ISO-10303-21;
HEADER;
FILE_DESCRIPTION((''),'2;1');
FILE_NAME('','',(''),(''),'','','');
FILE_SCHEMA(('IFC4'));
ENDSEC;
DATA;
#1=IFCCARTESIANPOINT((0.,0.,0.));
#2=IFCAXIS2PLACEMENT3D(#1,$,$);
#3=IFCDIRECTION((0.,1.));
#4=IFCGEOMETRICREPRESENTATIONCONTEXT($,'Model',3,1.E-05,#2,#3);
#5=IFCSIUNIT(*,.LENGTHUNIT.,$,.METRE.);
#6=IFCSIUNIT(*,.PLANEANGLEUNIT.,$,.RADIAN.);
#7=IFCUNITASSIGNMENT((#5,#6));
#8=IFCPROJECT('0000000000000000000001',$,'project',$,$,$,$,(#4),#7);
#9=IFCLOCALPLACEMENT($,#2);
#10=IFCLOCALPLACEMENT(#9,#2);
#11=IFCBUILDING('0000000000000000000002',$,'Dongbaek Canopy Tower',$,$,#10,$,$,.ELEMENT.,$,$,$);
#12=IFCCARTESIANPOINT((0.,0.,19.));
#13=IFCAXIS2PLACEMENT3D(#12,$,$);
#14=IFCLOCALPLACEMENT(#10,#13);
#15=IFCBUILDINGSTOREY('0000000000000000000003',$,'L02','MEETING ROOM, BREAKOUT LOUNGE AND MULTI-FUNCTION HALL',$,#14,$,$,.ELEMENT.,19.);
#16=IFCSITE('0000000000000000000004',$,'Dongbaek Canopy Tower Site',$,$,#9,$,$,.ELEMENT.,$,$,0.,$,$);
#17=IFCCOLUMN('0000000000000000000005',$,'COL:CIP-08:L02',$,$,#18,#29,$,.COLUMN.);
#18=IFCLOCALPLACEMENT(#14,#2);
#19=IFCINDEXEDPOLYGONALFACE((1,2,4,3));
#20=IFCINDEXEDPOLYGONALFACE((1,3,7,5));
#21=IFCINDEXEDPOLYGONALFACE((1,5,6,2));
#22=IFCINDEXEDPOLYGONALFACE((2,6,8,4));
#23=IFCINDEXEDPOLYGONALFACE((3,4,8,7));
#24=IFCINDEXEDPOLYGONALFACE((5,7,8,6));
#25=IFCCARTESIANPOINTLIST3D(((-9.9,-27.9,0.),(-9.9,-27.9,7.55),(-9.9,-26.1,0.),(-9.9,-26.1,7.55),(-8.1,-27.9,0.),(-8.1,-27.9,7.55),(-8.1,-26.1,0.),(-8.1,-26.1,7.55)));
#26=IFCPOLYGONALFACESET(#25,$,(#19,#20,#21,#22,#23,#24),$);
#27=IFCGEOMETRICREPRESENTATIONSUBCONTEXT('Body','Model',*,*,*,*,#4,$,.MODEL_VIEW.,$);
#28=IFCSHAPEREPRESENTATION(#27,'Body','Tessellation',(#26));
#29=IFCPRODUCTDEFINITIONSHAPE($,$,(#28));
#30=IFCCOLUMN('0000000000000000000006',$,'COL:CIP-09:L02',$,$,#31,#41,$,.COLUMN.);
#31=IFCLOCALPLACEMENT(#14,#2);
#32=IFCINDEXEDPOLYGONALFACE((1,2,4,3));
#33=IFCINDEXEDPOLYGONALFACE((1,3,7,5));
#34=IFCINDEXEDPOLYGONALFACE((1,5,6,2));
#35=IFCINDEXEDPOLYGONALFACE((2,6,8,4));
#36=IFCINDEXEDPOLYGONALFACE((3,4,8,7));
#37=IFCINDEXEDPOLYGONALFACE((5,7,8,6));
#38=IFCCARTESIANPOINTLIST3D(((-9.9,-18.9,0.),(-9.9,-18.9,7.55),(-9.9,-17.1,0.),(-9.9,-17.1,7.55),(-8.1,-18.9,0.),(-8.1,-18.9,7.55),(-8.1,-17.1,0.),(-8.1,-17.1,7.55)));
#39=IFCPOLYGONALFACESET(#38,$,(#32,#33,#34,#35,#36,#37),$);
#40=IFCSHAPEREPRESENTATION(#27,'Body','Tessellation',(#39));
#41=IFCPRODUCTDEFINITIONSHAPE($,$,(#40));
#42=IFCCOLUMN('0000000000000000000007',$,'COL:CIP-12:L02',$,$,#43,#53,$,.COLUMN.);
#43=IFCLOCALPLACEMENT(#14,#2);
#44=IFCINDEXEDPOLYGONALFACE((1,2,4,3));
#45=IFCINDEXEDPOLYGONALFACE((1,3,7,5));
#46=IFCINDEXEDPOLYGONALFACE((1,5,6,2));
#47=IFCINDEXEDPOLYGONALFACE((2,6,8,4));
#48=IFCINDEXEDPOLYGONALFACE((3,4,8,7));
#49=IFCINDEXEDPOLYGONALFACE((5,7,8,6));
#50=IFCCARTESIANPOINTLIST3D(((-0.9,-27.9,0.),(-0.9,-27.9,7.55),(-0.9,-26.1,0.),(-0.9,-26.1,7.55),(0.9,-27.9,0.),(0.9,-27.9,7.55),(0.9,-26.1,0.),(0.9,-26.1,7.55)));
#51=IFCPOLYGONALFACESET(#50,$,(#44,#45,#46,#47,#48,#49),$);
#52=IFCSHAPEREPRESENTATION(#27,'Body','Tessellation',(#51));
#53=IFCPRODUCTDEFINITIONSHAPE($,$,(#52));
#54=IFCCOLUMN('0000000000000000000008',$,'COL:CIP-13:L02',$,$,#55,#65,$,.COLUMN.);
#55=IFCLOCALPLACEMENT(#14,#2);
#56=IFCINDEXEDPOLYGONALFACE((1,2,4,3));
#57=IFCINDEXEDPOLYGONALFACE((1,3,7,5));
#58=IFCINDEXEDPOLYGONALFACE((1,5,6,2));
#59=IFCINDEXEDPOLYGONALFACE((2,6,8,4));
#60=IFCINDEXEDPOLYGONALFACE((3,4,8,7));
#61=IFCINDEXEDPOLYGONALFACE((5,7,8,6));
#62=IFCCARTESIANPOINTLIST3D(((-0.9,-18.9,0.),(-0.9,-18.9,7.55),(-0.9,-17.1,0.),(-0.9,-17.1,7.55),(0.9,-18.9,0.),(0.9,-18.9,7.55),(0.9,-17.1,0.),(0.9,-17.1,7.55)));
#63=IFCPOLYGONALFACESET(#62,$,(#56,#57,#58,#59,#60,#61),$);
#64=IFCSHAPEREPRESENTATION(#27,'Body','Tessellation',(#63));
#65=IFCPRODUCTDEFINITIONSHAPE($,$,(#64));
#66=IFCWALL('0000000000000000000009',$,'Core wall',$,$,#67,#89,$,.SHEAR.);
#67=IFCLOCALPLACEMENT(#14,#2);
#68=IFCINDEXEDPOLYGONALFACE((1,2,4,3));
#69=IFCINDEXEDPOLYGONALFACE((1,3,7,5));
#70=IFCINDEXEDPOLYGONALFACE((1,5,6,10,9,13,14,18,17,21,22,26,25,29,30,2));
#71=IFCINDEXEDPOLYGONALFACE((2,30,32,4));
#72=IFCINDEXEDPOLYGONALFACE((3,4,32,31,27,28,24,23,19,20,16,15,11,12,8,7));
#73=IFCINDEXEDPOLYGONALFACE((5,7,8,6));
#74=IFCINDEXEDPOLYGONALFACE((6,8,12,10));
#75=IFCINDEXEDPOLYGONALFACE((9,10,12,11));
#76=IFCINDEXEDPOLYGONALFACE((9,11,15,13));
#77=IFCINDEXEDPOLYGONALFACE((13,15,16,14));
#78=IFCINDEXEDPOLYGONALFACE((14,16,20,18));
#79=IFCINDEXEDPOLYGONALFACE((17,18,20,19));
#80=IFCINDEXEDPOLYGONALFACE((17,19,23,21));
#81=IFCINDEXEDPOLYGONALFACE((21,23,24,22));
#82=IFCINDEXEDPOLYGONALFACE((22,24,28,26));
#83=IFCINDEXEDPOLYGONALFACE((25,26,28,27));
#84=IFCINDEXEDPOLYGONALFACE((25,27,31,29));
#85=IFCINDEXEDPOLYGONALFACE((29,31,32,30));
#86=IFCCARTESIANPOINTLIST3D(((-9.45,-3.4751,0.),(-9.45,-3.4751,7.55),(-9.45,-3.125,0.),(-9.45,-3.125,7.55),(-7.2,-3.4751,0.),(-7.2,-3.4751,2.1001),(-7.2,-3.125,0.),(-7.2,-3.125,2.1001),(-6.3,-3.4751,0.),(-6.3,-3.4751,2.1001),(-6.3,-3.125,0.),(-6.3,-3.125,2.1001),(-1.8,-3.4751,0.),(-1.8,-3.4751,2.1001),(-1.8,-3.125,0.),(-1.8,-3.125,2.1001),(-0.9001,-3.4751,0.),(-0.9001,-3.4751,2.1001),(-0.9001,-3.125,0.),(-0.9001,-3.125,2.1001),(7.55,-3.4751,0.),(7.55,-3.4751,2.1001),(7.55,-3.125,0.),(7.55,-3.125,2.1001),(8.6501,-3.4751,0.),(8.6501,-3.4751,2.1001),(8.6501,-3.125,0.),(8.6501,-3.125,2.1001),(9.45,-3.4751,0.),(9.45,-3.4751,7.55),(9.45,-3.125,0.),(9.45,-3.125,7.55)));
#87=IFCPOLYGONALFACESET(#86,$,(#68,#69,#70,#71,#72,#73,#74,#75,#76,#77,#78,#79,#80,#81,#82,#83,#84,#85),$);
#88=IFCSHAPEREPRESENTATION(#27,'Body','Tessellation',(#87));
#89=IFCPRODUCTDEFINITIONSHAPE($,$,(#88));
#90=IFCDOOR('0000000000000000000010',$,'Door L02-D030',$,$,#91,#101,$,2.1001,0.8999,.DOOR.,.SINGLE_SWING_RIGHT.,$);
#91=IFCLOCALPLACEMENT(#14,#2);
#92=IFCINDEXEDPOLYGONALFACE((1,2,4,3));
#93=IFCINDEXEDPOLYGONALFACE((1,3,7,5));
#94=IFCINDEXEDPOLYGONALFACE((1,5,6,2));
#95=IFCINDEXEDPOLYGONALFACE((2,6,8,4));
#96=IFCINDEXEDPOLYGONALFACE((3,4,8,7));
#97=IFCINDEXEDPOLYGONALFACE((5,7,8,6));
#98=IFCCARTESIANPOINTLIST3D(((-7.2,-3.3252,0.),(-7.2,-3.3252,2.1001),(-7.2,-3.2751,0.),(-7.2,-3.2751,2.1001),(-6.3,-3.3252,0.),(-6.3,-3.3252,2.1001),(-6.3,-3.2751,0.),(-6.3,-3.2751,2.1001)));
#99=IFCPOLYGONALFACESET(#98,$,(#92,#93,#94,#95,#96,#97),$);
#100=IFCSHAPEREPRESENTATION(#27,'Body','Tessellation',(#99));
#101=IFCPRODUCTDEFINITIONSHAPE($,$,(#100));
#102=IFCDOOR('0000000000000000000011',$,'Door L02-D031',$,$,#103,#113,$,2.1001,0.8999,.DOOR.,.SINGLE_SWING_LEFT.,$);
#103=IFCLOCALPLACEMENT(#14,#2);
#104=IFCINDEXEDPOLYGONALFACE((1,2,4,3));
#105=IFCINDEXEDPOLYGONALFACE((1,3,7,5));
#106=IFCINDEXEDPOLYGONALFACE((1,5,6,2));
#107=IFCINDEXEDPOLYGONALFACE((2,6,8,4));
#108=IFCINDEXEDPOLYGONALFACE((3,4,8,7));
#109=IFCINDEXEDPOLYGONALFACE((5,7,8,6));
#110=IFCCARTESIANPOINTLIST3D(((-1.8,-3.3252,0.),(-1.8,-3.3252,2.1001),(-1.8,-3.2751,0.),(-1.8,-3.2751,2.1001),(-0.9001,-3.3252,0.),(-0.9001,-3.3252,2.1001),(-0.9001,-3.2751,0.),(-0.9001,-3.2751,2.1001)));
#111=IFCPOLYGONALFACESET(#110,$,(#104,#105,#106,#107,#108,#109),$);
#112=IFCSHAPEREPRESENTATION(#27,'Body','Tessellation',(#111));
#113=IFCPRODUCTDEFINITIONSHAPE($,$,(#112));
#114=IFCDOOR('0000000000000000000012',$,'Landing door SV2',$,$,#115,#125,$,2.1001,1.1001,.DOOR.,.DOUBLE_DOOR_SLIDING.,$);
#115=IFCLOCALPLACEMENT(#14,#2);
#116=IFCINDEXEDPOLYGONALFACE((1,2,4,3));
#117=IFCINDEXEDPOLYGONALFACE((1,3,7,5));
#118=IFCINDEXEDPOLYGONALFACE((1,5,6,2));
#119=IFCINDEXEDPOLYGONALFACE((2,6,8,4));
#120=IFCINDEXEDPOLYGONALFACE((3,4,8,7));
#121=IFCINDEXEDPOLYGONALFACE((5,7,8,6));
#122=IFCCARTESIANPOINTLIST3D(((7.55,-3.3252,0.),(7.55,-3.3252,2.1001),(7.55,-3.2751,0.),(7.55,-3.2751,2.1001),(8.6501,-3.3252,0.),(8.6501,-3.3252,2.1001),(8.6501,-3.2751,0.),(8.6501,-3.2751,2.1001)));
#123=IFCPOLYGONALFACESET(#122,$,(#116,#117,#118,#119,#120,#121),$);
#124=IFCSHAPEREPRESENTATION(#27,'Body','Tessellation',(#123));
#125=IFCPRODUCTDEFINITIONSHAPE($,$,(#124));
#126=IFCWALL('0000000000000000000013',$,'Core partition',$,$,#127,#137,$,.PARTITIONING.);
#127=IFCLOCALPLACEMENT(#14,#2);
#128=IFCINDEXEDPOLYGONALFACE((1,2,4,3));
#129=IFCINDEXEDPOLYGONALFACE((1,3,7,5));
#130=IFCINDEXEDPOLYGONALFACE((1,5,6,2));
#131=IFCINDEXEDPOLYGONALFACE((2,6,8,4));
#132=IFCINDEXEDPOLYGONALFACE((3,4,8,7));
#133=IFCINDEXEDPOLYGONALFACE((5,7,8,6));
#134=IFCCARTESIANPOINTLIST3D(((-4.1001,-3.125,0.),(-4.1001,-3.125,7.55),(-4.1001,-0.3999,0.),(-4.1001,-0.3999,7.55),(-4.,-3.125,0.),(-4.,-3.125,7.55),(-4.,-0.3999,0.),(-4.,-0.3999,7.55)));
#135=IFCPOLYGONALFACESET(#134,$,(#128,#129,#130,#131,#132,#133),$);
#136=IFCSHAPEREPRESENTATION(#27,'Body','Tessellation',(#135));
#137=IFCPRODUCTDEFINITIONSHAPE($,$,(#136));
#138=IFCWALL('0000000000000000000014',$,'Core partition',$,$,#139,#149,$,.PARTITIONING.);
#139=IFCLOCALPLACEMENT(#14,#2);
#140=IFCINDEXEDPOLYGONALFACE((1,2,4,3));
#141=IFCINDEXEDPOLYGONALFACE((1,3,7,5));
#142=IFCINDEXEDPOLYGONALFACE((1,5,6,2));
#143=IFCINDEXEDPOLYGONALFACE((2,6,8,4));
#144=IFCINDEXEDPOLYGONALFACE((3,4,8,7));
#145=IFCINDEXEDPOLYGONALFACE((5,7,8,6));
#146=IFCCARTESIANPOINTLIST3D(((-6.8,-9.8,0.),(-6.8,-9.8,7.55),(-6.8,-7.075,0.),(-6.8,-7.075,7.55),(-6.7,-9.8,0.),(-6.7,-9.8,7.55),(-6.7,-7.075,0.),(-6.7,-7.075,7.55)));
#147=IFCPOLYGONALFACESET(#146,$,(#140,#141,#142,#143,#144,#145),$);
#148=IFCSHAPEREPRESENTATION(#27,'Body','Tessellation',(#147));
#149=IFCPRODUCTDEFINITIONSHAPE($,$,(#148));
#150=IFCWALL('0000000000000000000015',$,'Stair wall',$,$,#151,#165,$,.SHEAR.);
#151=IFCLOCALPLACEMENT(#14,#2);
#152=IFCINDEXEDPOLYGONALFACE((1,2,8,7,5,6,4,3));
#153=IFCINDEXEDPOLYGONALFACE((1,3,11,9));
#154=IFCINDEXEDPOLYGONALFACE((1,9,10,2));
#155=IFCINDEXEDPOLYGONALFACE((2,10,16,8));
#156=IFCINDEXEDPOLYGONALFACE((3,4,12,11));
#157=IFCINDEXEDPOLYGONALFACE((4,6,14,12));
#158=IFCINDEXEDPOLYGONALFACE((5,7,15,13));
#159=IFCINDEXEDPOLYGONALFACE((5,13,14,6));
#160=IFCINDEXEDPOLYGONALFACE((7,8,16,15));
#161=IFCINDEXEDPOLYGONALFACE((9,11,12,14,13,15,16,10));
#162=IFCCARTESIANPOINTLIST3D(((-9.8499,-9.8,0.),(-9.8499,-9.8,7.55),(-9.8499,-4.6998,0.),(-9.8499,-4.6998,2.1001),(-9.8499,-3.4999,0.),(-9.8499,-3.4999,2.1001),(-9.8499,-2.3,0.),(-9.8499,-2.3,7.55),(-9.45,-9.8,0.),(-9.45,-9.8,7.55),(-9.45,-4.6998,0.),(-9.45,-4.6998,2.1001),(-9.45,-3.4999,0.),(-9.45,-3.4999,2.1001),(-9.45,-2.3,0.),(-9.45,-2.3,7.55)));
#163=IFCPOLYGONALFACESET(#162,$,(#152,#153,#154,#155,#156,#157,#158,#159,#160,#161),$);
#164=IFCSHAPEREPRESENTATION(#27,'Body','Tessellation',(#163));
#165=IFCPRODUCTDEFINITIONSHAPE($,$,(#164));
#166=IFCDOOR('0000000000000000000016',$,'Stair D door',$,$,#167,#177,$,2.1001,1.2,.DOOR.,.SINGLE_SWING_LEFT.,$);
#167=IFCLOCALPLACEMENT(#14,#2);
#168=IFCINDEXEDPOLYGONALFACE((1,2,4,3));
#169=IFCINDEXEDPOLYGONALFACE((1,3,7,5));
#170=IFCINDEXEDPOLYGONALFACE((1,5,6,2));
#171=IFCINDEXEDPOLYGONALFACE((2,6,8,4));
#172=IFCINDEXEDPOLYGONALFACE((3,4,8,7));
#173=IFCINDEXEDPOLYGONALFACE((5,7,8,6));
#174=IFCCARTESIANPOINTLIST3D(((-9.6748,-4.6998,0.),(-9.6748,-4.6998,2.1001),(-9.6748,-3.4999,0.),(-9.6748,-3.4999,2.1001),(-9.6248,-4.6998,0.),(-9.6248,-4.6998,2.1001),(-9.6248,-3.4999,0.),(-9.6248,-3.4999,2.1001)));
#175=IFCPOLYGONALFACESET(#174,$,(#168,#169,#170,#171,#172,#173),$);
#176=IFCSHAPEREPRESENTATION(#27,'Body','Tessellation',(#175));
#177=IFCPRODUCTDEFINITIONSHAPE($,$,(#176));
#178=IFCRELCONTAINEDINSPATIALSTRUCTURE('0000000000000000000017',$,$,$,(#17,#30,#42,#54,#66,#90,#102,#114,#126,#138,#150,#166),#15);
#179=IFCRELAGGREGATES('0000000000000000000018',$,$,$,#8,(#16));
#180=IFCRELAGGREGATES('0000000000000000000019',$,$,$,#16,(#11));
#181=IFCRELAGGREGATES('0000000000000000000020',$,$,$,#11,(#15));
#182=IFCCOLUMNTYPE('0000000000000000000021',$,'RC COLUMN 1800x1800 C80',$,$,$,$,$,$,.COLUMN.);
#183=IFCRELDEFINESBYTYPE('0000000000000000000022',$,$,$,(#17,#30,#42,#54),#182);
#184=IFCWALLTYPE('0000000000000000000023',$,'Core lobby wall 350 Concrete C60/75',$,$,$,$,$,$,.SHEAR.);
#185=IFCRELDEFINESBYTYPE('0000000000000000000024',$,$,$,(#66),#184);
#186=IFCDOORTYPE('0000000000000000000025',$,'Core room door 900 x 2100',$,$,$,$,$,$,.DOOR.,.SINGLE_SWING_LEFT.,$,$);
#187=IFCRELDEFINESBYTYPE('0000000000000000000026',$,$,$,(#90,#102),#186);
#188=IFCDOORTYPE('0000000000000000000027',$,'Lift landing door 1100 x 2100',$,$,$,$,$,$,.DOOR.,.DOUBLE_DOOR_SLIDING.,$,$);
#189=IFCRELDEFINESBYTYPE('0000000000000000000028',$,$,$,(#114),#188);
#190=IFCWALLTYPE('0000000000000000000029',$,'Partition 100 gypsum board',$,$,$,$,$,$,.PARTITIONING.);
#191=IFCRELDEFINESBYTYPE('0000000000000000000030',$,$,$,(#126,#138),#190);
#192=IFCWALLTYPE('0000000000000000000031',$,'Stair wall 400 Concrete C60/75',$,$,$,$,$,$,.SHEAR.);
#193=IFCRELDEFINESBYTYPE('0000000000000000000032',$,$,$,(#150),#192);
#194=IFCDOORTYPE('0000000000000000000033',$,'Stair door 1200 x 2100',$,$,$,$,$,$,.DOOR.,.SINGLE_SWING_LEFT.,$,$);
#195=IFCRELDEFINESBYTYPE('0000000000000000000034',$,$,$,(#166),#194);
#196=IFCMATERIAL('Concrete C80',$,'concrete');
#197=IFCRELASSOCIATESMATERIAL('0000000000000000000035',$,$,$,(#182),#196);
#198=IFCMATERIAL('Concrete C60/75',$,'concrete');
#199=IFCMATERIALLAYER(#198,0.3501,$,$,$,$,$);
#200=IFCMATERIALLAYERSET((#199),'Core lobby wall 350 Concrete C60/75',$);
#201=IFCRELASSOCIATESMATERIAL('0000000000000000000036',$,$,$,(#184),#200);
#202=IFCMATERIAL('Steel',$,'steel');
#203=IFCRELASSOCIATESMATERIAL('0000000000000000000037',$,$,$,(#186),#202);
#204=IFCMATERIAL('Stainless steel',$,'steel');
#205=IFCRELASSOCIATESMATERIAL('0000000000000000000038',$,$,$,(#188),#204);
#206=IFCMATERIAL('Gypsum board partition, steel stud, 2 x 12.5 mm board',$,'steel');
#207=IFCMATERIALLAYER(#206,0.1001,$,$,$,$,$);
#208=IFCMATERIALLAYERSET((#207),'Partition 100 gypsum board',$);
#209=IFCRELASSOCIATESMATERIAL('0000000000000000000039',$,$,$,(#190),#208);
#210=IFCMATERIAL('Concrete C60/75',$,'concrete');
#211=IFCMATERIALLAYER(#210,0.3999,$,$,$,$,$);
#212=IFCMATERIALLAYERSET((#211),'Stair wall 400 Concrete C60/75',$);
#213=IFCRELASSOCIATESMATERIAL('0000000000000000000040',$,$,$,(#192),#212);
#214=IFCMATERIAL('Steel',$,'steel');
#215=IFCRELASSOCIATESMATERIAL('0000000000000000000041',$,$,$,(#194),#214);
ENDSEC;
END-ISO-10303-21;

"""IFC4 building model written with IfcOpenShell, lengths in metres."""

from ifc_helpers import new_model, si_unit, direction, frame, frame_2d, origin, origin_2d, place, context, subcontext, project, spatial, rectangle, extrude, material, layer, layer_set, material_profile, profile_set, type_object, element, fill, save


model = new_model("IFC4")

# Units and contexts
model_context = context("Model", 3, precision=1e-05, world=origin(), true_north=direction((0.0, 1.0)))
body_context = subcontext(model_context, "Body", "Model", "MODEL_VIEW")
ifc_project = project(units=[si_unit("LENGTHUNIT", "METRE"), si_unit("PLANEANGLEUNIT", "RADIAN")], contexts=[model_context])

# Site, building, storey
site_placement = place(None, origin())
site = spatial("IfcSite", under=ifc_project, at=site_placement, Name="Dongbaek Canopy Tower Site", CompositionType="ELEMENT", RefElevation=0.0)
building_placement = place(site_placement, origin())
building = spatial("IfcBuilding", under=site, at=building_placement, Name="Dongbaek Canopy Tower", CompositionType="ELEMENT")
storey_placement = place(building_placement, frame((0.0, 0.0, 19.0)))
storey = spatial("IfcBuildingStorey", under=building, at=storey_placement, Name="L02", Description="MEETING ROOM, BREAKOUT LOUNGE AND MULTI-FUNCTION HALL", CompositionType="ELEMENT", Elevation=19.0)

# Columns
ifc_material_1 = material(Name="Concrete C80", Category="concrete")
ifc_material_profile = material_profile(ifc_material_1, rectangle(XDim=1.8, YDim=1.8, at=origin_2d()), Name="RC COLUMN 1800x1800 C80")
ifc_profile_set = profile_set([ifc_material_profile], Name="Concrete C80")
column_type = type_object("IfcColumnType", Name="RC COLUMN 1800x1800 C80", PredefinedType="COLUMN", material=ifc_profile_set)
for number, where, z_axis, x_axis, name in (
    (1, (-9.0, -27.0, 0.0), (0.0, 0.0, 1.0), (1.0, 0.0, 0.0), "COL:CIP-08:L02"),
    (2, (-9.0, -18.0, 0.0), (0.0, 0.0, 1.0), (1.0, 0.0, 0.0), "COL:CIP-09:L02"),
    (3, (0.0, -27.0, 0.0), (0.0, 0.0, 1.0), (1.0, 0.0, 0.0), "COL:CIP-12:L02"),
    (4, (0.0, -18.0, 0.0), (0.0, 0.0, 1.0), (1.0, 0.0, 0.0), "COL:CIP-13:L02"),
):
    element("IfcColumn", number, at=place(storey_placement, frame(where, z_axis=z_axis, x_axis=x_axis)), inside=storey, type_object=column_type, Name=name, PredefinedType="COLUMN", context=body_context, shape_type="SweptSolid", body=[
        extrude(rectangle(XDim=1.8, YDim=1.8, at=origin_2d()), origin(), (0.0, 0.0, 1.0), 7.55),
    ])

# Wall, openings, doors
ifc_material_2 = material(Name="Concrete C60/75", Category="concrete")
ifc_layer_1 = layer(ifc_material_2, 0.3501)
ifc_layer_set_1 = layer_set([ifc_layer_1], Name="Core lobby wall 350 Concrete C60/75")
wall_type_1 = type_object("IfcWallType", Name="Core lobby wall 350 Concrete C60/75", PredefinedType="SHEAR", material=ifc_layer_set_1)
wall_1_placement = place(storey_placement, frame((-9.45, -3.3, 0.0), z_axis=(0.0, 0.0, 1.0), x_axis=(1.0, 0.0, 0.0)))
wall_1 = element("IfcWall", 5, at=wall_1_placement, inside=storey, type_object=wall_type_1, Name="Core wall", PredefinedType="SHEAR", context=body_context, shape_type="SweptSolid", body=[
    extrude(rectangle(XDim=18.8999, YDim=0.3501, at=frame_2d((9.45, 0.0))), origin(), (0.0, 0.0, 1.0), 7.55),
])
opening_1_placement = place(wall_1_placement, frame((17.0, 0.0, 0.0)))
opening_1 = element("IfcOpeningElement", 6, at=opening_1_placement, cuts=wall_1, PredefinedType="OPENING", context=body_context, shape_type="SweptSolid", body=[
    extrude(rectangle(XDim=1.1001, YDim=2.1001, at=frame_2d((0.55, 1.05))), frame((0.0, 0.1851, 0.0), z_axis=(0.0, -1.0, 0.0), x_axis=(1.0, 0.0, 0.0)), (0.0, 0.0, 1.0), 0.3701),
])
opening_2_placement = place(wall_1_placement, frame((2.25, 0.0, 0.0)))
opening_2 = element("IfcOpeningElement", 7, at=opening_2_placement, cuts=wall_1, PredefinedType="OPENING", context=body_context, shape_type="SweptSolid", body=[
    extrude(rectangle(XDim=0.8999, YDim=2.1001, at=frame_2d((0.45, 1.05))), frame((0.0, 0.1851, 0.0), z_axis=(0.0, -1.0, 0.0), x_axis=(1.0, 0.0, 0.0)), (0.0, 0.0, 1.0), 0.3701),
])
opening_3_placement = place(wall_1_placement, frame((7.6499, 0.0, 0.0)))
opening_3 = element("IfcOpeningElement", 8, at=opening_3_placement, cuts=wall_1, PredefinedType="OPENING", context=body_context, shape_type="SweptSolid", body=[
    extrude(rectangle(XDim=0.8999, YDim=2.1001, at=frame_2d((0.45, 1.05))), frame((0.0, 0.1851, 0.0), z_axis=(0.0, -1.0, 0.0), x_axis=(1.0, 0.0, 0.0)), (0.0, 0.0, 1.0), 0.3701),
])
ifc_material_3 = material(Name="Steel", Category="steel")
door_type_1 = type_object("IfcDoorType", Name="Core room door 900 x 2100", OperationType="SINGLE_SWING_LEFT", PredefinedType="DOOR", material=ifc_material_3)
door_1_placement = place(opening_2_placement, origin())
door_1 = element("IfcDoor", 9, at=door_1_placement, inside=storey, type_object=door_type_1, Name="Door L02-D030", OperationType="SINGLE_SWING_RIGHT", OverallHeight=2.1001, OverallWidth=0.8999, PredefinedType="DOOR", context=body_context, shape_type="SweptSolid", body=[
    extrude(rectangle(XDim=0.8999, YDim=2.1001, at=frame_2d((0.45, 1.05))), frame((0.0, 0.0249, 0.0), z_axis=(0.0, -1.0, 0.0), x_axis=(1.0, 0.0, 0.0)), (0.0, 0.0, 1.0), 0.05),
])
fill(opening_2, door_1)
door_2_placement = place(opening_3_placement, origin())
door_2 = element("IfcDoor", 10, at=door_2_placement, inside=storey, type_object=door_type_1, Name="Door L02-D031", OperationType="SINGLE_SWING_LEFT", OverallHeight=2.1001, OverallWidth=0.8999, PredefinedType="DOOR", context=body_context, shape_type="SweptSolid", body=[
    extrude(rectangle(XDim=0.8999, YDim=2.1001, at=frame_2d((0.45, 1.05))), frame((0.0, 0.0249, 0.0), z_axis=(0.0, -1.0, 0.0), x_axis=(1.0, 0.0, 0.0)), (0.0, 0.0, 1.0), 0.05),
])
fill(opening_3, door_2)
ifc_material_4 = material(Name="Stainless steel", Category="steel")
door_type_2 = type_object("IfcDoorType", Name="Lift landing door 1100 x 2100", OperationType="DOUBLE_DOOR_SLIDING", PredefinedType="DOOR", material=ifc_material_4)
door_3_placement = place(opening_1_placement, origin())
door_3 = element("IfcDoor", 11, at=door_3_placement, inside=storey, type_object=door_type_2, Name="Landing door SV2", OperationType="DOUBLE_DOOR_SLIDING", OverallHeight=2.1001, OverallWidth=1.1001, PredefinedType="DOOR", context=body_context, shape_type="SweptSolid", body=[
    extrude(rectangle(XDim=1.1001, YDim=2.1001, at=frame_2d((0.55, 1.05))), frame((0.0, 0.0249, 0.0), z_axis=(0.0, -1.0, 0.0), x_axis=(1.0, 0.0, 0.0)), (0.0, 0.0, 1.0), 0.05),
])
fill(opening_1, door_3)

# Walls
ifc_material_5 = material(Name="Gypsum board partition, steel stud, 2 x 12.5 mm board", Category="steel")
ifc_layer_2 = layer(ifc_material_5, 0.1001)
ifc_layer_set_2 = layer_set([ifc_layer_2], Name="Partition 100 gypsum board")
wall_type_2 = type_object("IfcWallType", Name="Partition 100 gypsum board", PredefinedType="PARTITIONING", material=ifc_layer_set_2)
for number, where, z_axis, x_axis, name in (
    (12, (-4.05, -3.125, 0.0), (0.0, 0.0, 1.0), (0.0, 1.0, 0.0), "Core partition"),
    (13, (-6.75, -9.8, 0.0), (0.0, 0.0, 1.0), (0.0, 1.0, 0.0), "Core partition"),
):
    element("IfcWall", number, at=place(storey_placement, frame(where, z_axis=z_axis, x_axis=x_axis)), inside=storey, type_object=wall_type_2, Name=name, PredefinedType="PARTITIONING", context=body_context, shape_type="SweptSolid", body=[
        extrude(rectangle(XDim=2.7251, YDim=0.1001, at=frame_2d((1.3625, 0.0))), origin(), (0.0, 0.0, 1.0), 7.55),
    ])

# Wall, opening, door
ifc_material_6 = material(Name="Concrete C60/75", Category="concrete")
ifc_layer_3 = layer(ifc_material_6, 0.3999)
ifc_layer_set_3 = layer_set([ifc_layer_3], Name="Stair wall 400 Concrete C60/75")
wall_type_3 = type_object("IfcWallType", Name="Stair wall 400 Concrete C60/75", PredefinedType="SHEAR", material=ifc_layer_set_3)
wall_2_placement = place(storey_placement, frame((-9.6499, -9.8, 0.0), z_axis=(0.0, 0.0, 1.0), x_axis=(0.0, 1.0, 0.0)))
wall_2 = element("IfcWall", 14, at=wall_2_placement, inside=storey, type_object=wall_type_3, Name="Stair wall", PredefinedType="SHEAR", context=body_context, shape_type="SweptSolid", body=[
    extrude(rectangle(XDim=7.5, YDim=0.3999, at=frame_2d((3.75, 0.0))), origin(), (0.0, 0.0, 1.0), 7.55),
])
opening_4_placement = place(wall_2_placement, frame((5.1001, 0.0, 0.0)))
opening_4 = element("IfcOpeningElement", 15, at=opening_4_placement, cuts=wall_2, PredefinedType="OPENING", context=body_context, shape_type="SweptSolid", body=[
    extrude(rectangle(XDim=1.2, YDim=2.1001, at=frame_2d((0.6001, 1.05))), frame((0.0, 0.21, 0.0), z_axis=(0.0, -1.0, 0.0), x_axis=(1.0, 0.0, 0.0)), (0.0, 0.0, 1.0), 0.4199),
])
ifc_material_7 = material(Name="Steel", Category="steel")
door_type_3 = type_object("IfcDoorType", Name="Stair door 1200 x 2100", OperationType="SINGLE_SWING_LEFT", PredefinedType="DOOR", material=ifc_material_7)
door_4_placement = place(opening_4_placement, origin())
door_4 = element("IfcDoor", 16, at=door_4_placement, inside=storey, type_object=door_type_3, Name="Stair D door", OperationType="SINGLE_SWING_LEFT", OverallHeight=2.1001, OverallWidth=1.2, PredefinedType="DOOR", context=body_context, shape_type="SweptSolid", body=[
    extrude(rectangle(XDim=1.2, YDim=2.1001, at=frame_2d((0.6001, 1.05))), frame((0.0, 0.0249, 0.0), z_axis=(0.0, -1.0, 0.0), x_axis=(1.0, 0.0, 0.0)), (0.0, 0.0, 1.0), 0.05),
])
fill(opening_4, door_4)

save(model, "model.ifc")
